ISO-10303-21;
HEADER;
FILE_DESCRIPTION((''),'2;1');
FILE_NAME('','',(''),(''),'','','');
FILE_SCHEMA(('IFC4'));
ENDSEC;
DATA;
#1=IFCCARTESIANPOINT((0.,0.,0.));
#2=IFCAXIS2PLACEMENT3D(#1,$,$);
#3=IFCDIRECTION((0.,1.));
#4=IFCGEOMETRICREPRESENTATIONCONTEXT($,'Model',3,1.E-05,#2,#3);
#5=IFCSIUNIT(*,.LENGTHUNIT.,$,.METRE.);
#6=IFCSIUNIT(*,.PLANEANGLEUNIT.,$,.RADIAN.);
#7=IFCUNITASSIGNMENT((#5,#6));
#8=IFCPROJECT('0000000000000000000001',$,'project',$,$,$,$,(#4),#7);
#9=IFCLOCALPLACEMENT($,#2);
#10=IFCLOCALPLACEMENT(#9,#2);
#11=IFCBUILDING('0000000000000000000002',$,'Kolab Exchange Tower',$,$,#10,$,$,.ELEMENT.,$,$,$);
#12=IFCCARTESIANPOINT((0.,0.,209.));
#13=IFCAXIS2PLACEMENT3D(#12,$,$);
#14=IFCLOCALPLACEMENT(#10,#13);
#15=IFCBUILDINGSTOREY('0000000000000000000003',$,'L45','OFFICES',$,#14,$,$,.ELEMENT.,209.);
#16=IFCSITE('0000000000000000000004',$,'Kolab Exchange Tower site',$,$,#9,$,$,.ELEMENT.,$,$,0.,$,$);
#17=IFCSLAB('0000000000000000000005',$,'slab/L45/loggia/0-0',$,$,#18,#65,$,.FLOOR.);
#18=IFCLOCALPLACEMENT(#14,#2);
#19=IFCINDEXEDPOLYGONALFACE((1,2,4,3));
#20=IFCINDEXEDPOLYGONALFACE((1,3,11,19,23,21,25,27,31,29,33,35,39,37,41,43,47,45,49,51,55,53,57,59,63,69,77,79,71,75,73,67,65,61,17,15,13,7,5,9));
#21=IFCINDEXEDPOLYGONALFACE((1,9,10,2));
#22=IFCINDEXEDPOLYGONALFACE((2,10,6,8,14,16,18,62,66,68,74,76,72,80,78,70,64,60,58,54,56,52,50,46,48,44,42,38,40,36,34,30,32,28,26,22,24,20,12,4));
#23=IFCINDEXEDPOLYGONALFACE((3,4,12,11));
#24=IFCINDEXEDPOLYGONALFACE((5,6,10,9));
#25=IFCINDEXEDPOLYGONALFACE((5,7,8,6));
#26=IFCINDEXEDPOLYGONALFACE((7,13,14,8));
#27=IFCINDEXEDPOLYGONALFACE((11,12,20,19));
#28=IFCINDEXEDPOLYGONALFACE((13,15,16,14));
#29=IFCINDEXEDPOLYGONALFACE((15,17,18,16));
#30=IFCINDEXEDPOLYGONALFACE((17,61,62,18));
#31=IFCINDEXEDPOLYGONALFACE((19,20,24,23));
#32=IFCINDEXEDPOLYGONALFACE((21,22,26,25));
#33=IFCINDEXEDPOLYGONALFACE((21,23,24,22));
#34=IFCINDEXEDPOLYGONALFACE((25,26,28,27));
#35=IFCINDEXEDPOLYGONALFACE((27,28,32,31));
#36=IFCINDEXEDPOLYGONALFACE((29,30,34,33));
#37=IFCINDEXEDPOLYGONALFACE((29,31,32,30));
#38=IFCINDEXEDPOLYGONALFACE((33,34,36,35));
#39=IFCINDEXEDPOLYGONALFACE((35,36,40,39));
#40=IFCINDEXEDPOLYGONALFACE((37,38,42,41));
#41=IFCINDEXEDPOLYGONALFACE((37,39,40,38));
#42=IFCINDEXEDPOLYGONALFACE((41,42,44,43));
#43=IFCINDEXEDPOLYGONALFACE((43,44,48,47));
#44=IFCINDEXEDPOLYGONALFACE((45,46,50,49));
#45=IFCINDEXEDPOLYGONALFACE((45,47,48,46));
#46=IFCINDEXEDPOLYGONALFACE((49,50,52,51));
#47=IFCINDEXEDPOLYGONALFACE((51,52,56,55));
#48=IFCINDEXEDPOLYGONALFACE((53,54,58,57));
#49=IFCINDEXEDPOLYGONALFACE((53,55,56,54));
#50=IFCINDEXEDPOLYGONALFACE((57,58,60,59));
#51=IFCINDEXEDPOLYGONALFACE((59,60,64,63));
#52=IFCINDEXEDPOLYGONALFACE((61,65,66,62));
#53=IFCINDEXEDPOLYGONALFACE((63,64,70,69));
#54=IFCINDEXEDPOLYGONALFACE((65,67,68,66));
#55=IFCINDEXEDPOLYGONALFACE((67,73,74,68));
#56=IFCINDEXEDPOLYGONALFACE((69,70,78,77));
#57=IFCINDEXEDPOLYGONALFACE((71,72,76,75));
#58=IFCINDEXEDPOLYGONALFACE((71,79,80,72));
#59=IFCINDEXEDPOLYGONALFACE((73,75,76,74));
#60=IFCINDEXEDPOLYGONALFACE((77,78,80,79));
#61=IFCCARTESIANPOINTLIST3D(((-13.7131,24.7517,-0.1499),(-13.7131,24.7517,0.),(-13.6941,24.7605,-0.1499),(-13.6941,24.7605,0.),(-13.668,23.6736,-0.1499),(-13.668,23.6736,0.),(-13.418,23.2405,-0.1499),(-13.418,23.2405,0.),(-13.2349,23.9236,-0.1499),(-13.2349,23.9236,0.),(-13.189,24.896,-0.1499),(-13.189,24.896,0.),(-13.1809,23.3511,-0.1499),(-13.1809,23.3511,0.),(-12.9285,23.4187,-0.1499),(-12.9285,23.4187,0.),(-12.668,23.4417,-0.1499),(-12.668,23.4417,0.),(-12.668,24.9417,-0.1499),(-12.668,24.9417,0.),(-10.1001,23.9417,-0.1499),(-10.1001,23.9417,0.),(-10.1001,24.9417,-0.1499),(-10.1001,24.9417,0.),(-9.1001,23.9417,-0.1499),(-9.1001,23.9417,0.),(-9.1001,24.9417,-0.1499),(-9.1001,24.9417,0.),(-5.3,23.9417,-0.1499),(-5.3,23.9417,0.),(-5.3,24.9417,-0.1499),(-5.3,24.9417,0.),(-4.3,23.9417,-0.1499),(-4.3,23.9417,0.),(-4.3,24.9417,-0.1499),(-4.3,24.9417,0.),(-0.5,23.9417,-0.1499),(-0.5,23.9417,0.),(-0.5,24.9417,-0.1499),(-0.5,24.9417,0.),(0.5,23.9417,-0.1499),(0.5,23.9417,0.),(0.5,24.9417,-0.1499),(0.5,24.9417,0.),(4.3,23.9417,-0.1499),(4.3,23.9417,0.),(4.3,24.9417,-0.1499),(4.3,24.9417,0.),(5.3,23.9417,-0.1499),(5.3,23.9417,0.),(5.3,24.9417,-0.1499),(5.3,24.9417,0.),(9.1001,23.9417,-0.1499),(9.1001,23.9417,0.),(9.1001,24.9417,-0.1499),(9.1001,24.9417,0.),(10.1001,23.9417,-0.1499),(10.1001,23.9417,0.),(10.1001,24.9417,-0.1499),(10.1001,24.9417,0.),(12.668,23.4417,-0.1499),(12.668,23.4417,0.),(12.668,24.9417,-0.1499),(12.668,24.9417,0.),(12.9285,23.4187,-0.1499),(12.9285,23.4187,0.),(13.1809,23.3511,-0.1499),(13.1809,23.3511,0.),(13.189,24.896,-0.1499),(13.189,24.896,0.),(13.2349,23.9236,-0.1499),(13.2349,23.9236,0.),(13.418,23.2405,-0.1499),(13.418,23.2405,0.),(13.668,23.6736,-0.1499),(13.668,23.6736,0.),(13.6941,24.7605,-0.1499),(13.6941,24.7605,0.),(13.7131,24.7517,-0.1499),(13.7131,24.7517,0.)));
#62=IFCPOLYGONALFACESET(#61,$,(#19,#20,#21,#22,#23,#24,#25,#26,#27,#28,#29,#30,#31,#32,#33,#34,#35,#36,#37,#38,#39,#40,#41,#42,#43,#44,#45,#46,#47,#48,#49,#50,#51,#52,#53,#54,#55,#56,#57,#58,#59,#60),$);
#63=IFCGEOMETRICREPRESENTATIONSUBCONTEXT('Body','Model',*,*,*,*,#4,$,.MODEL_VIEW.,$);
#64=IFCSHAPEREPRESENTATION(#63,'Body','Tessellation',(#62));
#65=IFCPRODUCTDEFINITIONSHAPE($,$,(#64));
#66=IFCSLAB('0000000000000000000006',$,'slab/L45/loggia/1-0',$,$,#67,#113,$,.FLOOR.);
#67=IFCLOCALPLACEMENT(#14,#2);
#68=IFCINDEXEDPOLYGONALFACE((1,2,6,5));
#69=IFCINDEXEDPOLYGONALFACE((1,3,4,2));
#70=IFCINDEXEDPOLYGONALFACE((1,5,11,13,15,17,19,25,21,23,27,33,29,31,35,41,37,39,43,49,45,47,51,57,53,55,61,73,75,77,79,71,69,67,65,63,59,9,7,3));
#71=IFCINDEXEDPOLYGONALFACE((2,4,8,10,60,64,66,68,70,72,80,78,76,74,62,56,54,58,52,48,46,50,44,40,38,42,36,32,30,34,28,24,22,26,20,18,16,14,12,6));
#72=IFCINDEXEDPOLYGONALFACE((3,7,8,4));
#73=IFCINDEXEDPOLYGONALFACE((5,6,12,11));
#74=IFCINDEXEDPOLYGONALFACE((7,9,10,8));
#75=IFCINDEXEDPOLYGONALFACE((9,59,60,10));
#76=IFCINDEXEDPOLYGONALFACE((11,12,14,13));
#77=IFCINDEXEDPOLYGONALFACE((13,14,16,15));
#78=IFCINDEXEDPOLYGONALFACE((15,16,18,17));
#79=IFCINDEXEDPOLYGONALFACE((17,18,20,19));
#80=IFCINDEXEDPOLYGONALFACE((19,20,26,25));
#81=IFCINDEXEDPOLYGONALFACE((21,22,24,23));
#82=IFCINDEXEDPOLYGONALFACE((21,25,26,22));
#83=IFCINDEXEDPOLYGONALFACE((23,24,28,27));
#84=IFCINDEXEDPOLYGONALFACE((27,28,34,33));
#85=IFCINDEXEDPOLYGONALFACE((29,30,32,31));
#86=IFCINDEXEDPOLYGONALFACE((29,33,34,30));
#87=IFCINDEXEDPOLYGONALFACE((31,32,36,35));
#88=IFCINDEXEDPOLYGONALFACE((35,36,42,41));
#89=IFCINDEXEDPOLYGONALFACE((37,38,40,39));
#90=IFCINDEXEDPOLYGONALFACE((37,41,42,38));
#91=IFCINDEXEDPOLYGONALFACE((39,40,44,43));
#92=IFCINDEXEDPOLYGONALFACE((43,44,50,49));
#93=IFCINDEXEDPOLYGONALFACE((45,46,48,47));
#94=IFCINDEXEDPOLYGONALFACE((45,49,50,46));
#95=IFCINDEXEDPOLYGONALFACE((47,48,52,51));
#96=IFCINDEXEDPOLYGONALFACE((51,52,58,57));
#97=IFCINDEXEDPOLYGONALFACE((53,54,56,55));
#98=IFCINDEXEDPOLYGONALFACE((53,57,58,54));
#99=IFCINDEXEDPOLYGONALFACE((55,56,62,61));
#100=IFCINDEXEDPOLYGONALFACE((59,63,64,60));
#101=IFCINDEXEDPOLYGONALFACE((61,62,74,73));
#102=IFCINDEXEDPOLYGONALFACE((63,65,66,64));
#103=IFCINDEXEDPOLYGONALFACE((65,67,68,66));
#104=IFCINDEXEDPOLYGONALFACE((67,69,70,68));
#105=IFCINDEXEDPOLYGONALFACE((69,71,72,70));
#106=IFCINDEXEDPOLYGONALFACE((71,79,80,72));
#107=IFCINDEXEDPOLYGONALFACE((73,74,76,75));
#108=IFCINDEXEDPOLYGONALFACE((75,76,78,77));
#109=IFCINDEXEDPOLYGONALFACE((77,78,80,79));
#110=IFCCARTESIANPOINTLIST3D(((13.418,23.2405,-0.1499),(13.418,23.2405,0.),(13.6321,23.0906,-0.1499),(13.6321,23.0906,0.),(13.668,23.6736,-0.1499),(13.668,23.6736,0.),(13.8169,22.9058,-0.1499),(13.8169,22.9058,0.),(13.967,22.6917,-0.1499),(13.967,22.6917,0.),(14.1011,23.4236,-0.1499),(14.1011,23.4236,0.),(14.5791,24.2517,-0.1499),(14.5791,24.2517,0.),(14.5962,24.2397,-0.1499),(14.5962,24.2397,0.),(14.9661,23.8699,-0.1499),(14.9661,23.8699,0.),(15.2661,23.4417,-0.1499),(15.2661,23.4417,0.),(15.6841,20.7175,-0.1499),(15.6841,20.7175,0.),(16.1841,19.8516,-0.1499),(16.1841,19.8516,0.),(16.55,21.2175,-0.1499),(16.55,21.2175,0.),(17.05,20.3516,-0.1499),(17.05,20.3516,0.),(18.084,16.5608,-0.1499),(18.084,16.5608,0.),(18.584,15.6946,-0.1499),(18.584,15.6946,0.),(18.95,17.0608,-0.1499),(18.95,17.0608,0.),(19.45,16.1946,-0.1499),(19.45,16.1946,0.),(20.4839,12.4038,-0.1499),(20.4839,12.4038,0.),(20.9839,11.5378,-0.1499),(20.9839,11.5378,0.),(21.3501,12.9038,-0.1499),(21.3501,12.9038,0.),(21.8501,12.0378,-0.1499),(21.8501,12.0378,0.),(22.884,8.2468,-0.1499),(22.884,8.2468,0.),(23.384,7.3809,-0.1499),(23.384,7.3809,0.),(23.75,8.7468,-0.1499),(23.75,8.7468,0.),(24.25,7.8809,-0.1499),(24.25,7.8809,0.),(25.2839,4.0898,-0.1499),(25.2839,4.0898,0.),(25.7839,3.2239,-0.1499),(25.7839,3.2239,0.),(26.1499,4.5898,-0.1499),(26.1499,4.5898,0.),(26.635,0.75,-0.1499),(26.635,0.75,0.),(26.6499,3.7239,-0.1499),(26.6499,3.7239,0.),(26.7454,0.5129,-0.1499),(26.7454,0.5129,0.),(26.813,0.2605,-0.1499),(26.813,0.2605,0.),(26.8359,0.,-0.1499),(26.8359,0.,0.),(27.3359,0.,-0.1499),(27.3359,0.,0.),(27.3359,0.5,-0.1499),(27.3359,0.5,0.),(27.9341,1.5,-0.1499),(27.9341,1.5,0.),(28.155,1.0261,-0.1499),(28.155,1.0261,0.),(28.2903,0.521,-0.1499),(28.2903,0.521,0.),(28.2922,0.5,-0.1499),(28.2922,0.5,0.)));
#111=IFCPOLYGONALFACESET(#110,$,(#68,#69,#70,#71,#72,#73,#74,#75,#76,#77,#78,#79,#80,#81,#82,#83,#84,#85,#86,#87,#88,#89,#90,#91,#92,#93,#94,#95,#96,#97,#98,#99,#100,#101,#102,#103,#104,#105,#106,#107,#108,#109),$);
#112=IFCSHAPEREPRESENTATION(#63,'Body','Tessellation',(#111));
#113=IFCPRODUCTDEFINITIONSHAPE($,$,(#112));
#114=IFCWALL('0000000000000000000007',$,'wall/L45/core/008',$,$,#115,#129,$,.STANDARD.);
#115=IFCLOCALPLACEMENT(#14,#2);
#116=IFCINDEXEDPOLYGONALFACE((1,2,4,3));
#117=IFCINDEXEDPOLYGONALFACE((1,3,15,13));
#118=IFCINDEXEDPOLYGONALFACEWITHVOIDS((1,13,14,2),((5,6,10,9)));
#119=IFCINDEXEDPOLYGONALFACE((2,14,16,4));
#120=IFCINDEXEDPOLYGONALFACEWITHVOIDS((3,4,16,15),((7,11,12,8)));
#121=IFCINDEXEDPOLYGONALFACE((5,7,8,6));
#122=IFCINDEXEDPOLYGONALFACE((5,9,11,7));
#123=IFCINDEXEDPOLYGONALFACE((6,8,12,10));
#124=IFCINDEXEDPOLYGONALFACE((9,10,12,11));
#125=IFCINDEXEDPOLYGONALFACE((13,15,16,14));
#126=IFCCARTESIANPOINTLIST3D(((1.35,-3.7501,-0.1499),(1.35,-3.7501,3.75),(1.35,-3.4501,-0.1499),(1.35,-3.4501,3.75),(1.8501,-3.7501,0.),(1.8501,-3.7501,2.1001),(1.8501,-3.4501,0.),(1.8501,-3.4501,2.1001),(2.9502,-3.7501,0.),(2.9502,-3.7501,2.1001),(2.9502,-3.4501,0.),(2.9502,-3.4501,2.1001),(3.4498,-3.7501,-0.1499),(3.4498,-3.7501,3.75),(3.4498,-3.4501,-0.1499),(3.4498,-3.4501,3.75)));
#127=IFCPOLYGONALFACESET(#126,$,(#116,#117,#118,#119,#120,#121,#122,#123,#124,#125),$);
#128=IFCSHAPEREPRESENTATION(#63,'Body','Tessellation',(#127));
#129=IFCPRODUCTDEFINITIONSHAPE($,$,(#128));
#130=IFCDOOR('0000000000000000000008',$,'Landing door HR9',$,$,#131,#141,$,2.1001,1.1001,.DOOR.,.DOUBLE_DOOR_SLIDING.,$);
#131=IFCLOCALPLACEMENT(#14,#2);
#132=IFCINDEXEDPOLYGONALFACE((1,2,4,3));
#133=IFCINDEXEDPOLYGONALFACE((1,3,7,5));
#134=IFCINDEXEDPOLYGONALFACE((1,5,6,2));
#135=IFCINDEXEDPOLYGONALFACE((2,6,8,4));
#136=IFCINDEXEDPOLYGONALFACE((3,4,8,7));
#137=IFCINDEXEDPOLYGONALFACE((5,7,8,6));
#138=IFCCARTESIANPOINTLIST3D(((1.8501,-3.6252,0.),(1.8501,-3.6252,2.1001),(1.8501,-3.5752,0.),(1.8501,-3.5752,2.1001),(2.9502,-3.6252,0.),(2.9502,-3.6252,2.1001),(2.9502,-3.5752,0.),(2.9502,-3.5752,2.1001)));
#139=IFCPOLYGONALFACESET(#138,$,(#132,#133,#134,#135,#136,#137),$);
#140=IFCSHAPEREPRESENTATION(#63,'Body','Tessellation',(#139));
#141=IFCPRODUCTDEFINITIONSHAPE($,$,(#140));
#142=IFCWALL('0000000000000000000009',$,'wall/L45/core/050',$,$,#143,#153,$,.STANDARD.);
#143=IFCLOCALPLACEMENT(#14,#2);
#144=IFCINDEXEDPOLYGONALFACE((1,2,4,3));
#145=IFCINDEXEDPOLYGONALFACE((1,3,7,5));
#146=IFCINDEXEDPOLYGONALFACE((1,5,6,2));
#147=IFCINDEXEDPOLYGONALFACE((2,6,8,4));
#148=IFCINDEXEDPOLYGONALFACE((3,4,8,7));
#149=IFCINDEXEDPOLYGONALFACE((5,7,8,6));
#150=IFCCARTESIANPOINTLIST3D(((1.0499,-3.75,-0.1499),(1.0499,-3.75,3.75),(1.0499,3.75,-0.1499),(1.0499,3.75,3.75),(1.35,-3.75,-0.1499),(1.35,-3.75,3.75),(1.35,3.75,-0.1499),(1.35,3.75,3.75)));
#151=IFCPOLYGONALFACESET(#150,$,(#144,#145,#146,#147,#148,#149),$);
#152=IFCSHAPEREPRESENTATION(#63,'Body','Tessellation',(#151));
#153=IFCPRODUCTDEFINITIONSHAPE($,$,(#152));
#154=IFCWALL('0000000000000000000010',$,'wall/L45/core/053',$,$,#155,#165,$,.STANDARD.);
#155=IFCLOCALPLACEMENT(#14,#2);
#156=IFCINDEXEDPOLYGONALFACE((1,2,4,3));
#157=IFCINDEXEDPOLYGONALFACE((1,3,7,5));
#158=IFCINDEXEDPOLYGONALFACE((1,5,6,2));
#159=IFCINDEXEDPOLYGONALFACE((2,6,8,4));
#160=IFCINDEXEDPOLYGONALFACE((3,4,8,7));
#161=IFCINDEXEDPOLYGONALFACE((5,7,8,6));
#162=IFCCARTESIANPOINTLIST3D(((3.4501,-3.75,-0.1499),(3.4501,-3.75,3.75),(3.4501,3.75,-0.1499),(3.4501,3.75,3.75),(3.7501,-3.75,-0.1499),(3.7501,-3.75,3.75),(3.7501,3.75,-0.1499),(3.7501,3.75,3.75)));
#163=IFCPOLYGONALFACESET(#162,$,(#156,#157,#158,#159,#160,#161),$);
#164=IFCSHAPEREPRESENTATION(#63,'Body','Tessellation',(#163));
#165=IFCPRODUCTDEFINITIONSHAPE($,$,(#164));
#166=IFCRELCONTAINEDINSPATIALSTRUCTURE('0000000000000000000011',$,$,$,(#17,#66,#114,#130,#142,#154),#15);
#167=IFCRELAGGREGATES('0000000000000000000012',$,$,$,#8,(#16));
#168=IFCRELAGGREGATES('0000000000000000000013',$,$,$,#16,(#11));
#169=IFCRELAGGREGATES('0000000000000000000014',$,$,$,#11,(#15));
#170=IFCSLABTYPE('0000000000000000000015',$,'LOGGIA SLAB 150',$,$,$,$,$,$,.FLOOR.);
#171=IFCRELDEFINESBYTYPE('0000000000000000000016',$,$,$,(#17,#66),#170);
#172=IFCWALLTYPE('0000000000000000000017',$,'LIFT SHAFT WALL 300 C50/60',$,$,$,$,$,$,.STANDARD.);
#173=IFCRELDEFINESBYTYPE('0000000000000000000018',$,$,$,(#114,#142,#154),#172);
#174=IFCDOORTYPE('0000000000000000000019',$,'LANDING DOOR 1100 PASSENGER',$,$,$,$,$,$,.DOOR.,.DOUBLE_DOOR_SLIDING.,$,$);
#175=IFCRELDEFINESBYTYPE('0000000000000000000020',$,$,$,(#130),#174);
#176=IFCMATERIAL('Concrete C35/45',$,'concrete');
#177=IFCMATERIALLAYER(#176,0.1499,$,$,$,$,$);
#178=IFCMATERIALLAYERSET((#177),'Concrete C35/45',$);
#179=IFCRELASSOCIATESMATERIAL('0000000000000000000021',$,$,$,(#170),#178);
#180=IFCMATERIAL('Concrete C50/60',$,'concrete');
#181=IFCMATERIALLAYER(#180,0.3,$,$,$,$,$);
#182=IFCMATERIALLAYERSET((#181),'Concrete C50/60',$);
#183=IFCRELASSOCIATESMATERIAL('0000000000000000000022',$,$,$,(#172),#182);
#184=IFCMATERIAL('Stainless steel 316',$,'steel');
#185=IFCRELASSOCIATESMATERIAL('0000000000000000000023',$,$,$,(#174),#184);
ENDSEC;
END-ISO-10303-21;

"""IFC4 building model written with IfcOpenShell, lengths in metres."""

from ifc_helpers import new_model, si_unit, direction, frame, frame_2d, origin, place, context, subcontext, project, spatial, polyline, rectangle, outline, extrude, material, layer, layer_set, type_object, element, fill, save


model = new_model("IFC4")

# Units and contexts
model_context = context("Model", 3, precision=1e-05, world=origin(), true_north=direction((0.0, 1.0)))
body_context = subcontext(model_context, "Body", "Model", "MODEL_VIEW")
ifc_project = project(units=[si_unit("LENGTHUNIT", "METRE"), si_unit("PLANEANGLEUNIT", "RADIAN")], contexts=[model_context])

# Site, building, storey
site_placement = place(None, origin())
site = spatial("IfcSite", under=ifc_project, at=site_placement, Name="Kolab Exchange Tower site", CompositionType="ELEMENT", RefElevation=0.0)
building_placement = place(site_placement, origin())
building = spatial("IfcBuilding", under=site, at=building_placement, Name="Kolab Exchange Tower", CompositionType="ELEMENT")
storey_placement = place(building_placement, frame((0.0, 0.0, 209.0)))
storey = spatial("IfcBuildingStorey", under=building, at=storey_placement, Name="L45", Description="OFFICES", CompositionType="ELEMENT", Elevation=209.0)

# Slabs
ifc_material_1 = material(Name="Concrete C35/45", Category="concrete")
ifc_layer_1 = layer(ifc_material_1, 0.1499)
ifc_layer_set_1 = layer_set([ifc_layer_1], Name="Concrete C35/45")
slab_type_1 = type_object("IfcSlabType", Name="LOGGIA SLAB 150", PredefinedType="FLOOR", material=ifc_layer_set_1)
slab_1_placement = place(storey_placement, frame((0.0, 0.0, -0.1499)))
element("IfcSlab", 1, at=slab_1_placement, inside=storey, type_object=slab_type_1, Name="slab/L45/loggia/0-0", PredefinedType="FLOOR", context=body_context, shape_type="SweptSolid", body=[
    extrude(outline(polyline([(13.418, 23.2405), (13.668, 23.6736), (13.2349, 23.9236), (13.7131, 24.7517), (13.6941, 24.7605), (13.189, 24.896), (12.668, 24.9417), (10.1001, 24.9417), (10.1001, 23.9417), (9.1001, 23.9417), (9.1001, 24.9417), (5.3, 24.9417), (5.3, 23.9417), (4.3, 23.9417), (4.3, 24.9417), (0.5, 24.9417), (0.5, 23.9417), (-0.5, 23.9417), (-0.5, 24.9417), (-4.3, 24.9417), (-4.3, 23.9417), (-5.3, 23.9417), (-5.3, 24.9417), (-9.1001, 24.9417), (-9.1001, 23.9417), (-10.1001, 23.9417), (-10.1001, 24.9417), (-12.668, 24.9417), (-13.189, 24.896), (-13.6941, 24.7605), (-13.7131, 24.7517), (-13.2349, 23.9236), (-13.668, 23.6736), (-13.418, 23.2405), (-13.1809, 23.3511), (-12.9285, 23.4187), (-12.668, 23.4417), (12.668, 23.4417), (12.9285, 23.4187), (13.1809, 23.3511), (13.418, 23.2405)])), origin(), (0.0, 0.0, 1.0), 0.1499),
])
slab_2_placement = place(storey_placement, frame((0.0, 0.0, -0.1499)))
element("IfcSlab", 2, at=slab_2_placement, inside=storey, type_object=slab_type_1, Name="slab/L45/loggia/1-0", PredefinedType="FLOOR", context=body_context, shape_type="SweptSolid", body=[
    extrude(outline(polyline([(26.8359, 0.0), (27.3359, 0.0), (27.3359, 0.5), (28.2922, 0.5), (28.2903, 0.521), (28.155, 1.0261), (27.9341, 1.5), (26.6499, 3.7239), (25.7839, 3.2239), (25.2839, 4.0898), (26.1499, 4.5898), (24.25, 7.8809), (23.384, 7.3809), (22.884, 8.2468), (23.75, 8.7468), (21.8501, 12.0378), (20.9839, 11.5378), (20.4839, 12.4038), (21.3501, 12.9038), (19.45, 16.1946), (18.584, 15.6946), (18.084, 16.5608), (18.95, 17.0608), (17.05, 20.3516), (16.1841, 19.8516), (15.6841, 20.7175), (16.55, 21.2175), (15.2661, 23.4417), (14.9661, 23.8699), (14.5962, 24.2397), (14.5791, 24.2517), (14.1011, 23.4236), (13.668, 23.6736), (13.418, 23.2405), (13.6321, 23.0906), (13.8169, 22.9058), (13.967, 22.6917), (26.635, 0.75), (26.7454, 0.5129), (26.813, 0.2605), (26.8359, 0.0)])), origin(), (0.0, 0.0, 1.0), 0.1499),
])

# Wall, opening, door
ifc_material_2 = material(Name="Concrete C50/60", Category="concrete")
ifc_layer_2 = layer(ifc_material_2, 0.3)
ifc_layer_set_2 = layer_set([ifc_layer_2], Name="Concrete C50/60")
wall_type_1 = type_object("IfcWallType", Name="LIFT SHAFT WALL 300 C50/60", PredefinedType="STANDARD", material=ifc_layer_set_2)
wall_1_placement = place(storey_placement, frame((1.3501, -3.6001, -0.1499), z_axis=(0.0, 0.0, 1.0), x_axis=(1.0, 0.0, 0.0)))
wall_1 = element("IfcWall", 3, at=wall_1_placement, inside=storey, type_object=wall_type_1, Name="wall/L45/core/008", PredefinedType="STANDARD", context=body_context, shape_type="SweptSolid", body=[
    extrude(rectangle(XDim=2.0999, YDim=0.3, at=frame_2d((1.0498, 0.0))), origin(), (0.0, 0.0, 1.0), 3.8999),
])
opening_1_placement = place(wall_1_placement, frame((0.5, 0.0, 0.1499)))
opening_1 = element("IfcOpeningElement", 4, at=opening_1_placement, cuts=wall_1, PredefinedType="OPENING", context=body_context, shape_type="SweptSolid", body=[
    extrude(rectangle(XDim=1.1001, YDim=2.1001, at=frame_2d((0.55, 1.05))), frame((0.0, 0.1602, 0.0), z_axis=(0.0, -1.0, 0.0), x_axis=(1.0, 0.0, 0.0)), (0.0, 0.0, 1.0), 0.3201),
])
ifc_material_3 = material(Name="Stainless steel 316", Category="steel")
door_type_1 = type_object("IfcDoorType", Name="LANDING DOOR 1100 PASSENGER", OperationType="DOUBLE_DOOR_SLIDING", PredefinedType="DOOR", material=ifc_material_3)
door_1_placement = place(opening_1_placement, origin())
door_1 = element("IfcDoor", 5, at=door_1_placement, inside=storey, type_object=door_type_1, Name="Landing door HR9", OperationType="DOUBLE_DOOR_SLIDING", OverallHeight=2.1001, OverallWidth=1.1001, PredefinedType="DOOR", context=body_context, shape_type="SweptSolid", body=[
    extrude(rectangle(XDim=1.1001, YDim=2.1001, at=frame_2d((0.55, 1.05))), frame((0.0, 0.0249, 0.0), z_axis=(0.0, -1.0, 0.0), x_axis=(1.0, 0.0, 0.0)), (0.0, 0.0, 1.0), 0.05),
])
fill(opening_1, door_1)

# Walls
for number, where, z_axis, x_axis, name in (
    (6, (1.2, -3.75, -0.1499), (0.0, 0.0, 1.0), (0.0, 1.0, 0.0), "wall/L45/core/050"),
    (7, (3.6001, -3.75, -0.1499), (0.0, 0.0, 1.0), (0.0, 1.0, 0.0), "wall/L45/core/053"),
):
    element("IfcWall", number, at=place(storey_placement, frame(where, z_axis=z_axis, x_axis=x_axis)), inside=storey, type_object=wall_type_1, Name=name, PredefinedType="STANDARD", context=body_context, shape_type="SweptSolid", body=[
        extrude(rectangle(XDim=7.5, YDim=0.3, at=frame_2d((3.75, 0.0))), origin(), (0.0, 0.0, 1.0), 3.8999),
    ])

save(model, "model.ifc")
